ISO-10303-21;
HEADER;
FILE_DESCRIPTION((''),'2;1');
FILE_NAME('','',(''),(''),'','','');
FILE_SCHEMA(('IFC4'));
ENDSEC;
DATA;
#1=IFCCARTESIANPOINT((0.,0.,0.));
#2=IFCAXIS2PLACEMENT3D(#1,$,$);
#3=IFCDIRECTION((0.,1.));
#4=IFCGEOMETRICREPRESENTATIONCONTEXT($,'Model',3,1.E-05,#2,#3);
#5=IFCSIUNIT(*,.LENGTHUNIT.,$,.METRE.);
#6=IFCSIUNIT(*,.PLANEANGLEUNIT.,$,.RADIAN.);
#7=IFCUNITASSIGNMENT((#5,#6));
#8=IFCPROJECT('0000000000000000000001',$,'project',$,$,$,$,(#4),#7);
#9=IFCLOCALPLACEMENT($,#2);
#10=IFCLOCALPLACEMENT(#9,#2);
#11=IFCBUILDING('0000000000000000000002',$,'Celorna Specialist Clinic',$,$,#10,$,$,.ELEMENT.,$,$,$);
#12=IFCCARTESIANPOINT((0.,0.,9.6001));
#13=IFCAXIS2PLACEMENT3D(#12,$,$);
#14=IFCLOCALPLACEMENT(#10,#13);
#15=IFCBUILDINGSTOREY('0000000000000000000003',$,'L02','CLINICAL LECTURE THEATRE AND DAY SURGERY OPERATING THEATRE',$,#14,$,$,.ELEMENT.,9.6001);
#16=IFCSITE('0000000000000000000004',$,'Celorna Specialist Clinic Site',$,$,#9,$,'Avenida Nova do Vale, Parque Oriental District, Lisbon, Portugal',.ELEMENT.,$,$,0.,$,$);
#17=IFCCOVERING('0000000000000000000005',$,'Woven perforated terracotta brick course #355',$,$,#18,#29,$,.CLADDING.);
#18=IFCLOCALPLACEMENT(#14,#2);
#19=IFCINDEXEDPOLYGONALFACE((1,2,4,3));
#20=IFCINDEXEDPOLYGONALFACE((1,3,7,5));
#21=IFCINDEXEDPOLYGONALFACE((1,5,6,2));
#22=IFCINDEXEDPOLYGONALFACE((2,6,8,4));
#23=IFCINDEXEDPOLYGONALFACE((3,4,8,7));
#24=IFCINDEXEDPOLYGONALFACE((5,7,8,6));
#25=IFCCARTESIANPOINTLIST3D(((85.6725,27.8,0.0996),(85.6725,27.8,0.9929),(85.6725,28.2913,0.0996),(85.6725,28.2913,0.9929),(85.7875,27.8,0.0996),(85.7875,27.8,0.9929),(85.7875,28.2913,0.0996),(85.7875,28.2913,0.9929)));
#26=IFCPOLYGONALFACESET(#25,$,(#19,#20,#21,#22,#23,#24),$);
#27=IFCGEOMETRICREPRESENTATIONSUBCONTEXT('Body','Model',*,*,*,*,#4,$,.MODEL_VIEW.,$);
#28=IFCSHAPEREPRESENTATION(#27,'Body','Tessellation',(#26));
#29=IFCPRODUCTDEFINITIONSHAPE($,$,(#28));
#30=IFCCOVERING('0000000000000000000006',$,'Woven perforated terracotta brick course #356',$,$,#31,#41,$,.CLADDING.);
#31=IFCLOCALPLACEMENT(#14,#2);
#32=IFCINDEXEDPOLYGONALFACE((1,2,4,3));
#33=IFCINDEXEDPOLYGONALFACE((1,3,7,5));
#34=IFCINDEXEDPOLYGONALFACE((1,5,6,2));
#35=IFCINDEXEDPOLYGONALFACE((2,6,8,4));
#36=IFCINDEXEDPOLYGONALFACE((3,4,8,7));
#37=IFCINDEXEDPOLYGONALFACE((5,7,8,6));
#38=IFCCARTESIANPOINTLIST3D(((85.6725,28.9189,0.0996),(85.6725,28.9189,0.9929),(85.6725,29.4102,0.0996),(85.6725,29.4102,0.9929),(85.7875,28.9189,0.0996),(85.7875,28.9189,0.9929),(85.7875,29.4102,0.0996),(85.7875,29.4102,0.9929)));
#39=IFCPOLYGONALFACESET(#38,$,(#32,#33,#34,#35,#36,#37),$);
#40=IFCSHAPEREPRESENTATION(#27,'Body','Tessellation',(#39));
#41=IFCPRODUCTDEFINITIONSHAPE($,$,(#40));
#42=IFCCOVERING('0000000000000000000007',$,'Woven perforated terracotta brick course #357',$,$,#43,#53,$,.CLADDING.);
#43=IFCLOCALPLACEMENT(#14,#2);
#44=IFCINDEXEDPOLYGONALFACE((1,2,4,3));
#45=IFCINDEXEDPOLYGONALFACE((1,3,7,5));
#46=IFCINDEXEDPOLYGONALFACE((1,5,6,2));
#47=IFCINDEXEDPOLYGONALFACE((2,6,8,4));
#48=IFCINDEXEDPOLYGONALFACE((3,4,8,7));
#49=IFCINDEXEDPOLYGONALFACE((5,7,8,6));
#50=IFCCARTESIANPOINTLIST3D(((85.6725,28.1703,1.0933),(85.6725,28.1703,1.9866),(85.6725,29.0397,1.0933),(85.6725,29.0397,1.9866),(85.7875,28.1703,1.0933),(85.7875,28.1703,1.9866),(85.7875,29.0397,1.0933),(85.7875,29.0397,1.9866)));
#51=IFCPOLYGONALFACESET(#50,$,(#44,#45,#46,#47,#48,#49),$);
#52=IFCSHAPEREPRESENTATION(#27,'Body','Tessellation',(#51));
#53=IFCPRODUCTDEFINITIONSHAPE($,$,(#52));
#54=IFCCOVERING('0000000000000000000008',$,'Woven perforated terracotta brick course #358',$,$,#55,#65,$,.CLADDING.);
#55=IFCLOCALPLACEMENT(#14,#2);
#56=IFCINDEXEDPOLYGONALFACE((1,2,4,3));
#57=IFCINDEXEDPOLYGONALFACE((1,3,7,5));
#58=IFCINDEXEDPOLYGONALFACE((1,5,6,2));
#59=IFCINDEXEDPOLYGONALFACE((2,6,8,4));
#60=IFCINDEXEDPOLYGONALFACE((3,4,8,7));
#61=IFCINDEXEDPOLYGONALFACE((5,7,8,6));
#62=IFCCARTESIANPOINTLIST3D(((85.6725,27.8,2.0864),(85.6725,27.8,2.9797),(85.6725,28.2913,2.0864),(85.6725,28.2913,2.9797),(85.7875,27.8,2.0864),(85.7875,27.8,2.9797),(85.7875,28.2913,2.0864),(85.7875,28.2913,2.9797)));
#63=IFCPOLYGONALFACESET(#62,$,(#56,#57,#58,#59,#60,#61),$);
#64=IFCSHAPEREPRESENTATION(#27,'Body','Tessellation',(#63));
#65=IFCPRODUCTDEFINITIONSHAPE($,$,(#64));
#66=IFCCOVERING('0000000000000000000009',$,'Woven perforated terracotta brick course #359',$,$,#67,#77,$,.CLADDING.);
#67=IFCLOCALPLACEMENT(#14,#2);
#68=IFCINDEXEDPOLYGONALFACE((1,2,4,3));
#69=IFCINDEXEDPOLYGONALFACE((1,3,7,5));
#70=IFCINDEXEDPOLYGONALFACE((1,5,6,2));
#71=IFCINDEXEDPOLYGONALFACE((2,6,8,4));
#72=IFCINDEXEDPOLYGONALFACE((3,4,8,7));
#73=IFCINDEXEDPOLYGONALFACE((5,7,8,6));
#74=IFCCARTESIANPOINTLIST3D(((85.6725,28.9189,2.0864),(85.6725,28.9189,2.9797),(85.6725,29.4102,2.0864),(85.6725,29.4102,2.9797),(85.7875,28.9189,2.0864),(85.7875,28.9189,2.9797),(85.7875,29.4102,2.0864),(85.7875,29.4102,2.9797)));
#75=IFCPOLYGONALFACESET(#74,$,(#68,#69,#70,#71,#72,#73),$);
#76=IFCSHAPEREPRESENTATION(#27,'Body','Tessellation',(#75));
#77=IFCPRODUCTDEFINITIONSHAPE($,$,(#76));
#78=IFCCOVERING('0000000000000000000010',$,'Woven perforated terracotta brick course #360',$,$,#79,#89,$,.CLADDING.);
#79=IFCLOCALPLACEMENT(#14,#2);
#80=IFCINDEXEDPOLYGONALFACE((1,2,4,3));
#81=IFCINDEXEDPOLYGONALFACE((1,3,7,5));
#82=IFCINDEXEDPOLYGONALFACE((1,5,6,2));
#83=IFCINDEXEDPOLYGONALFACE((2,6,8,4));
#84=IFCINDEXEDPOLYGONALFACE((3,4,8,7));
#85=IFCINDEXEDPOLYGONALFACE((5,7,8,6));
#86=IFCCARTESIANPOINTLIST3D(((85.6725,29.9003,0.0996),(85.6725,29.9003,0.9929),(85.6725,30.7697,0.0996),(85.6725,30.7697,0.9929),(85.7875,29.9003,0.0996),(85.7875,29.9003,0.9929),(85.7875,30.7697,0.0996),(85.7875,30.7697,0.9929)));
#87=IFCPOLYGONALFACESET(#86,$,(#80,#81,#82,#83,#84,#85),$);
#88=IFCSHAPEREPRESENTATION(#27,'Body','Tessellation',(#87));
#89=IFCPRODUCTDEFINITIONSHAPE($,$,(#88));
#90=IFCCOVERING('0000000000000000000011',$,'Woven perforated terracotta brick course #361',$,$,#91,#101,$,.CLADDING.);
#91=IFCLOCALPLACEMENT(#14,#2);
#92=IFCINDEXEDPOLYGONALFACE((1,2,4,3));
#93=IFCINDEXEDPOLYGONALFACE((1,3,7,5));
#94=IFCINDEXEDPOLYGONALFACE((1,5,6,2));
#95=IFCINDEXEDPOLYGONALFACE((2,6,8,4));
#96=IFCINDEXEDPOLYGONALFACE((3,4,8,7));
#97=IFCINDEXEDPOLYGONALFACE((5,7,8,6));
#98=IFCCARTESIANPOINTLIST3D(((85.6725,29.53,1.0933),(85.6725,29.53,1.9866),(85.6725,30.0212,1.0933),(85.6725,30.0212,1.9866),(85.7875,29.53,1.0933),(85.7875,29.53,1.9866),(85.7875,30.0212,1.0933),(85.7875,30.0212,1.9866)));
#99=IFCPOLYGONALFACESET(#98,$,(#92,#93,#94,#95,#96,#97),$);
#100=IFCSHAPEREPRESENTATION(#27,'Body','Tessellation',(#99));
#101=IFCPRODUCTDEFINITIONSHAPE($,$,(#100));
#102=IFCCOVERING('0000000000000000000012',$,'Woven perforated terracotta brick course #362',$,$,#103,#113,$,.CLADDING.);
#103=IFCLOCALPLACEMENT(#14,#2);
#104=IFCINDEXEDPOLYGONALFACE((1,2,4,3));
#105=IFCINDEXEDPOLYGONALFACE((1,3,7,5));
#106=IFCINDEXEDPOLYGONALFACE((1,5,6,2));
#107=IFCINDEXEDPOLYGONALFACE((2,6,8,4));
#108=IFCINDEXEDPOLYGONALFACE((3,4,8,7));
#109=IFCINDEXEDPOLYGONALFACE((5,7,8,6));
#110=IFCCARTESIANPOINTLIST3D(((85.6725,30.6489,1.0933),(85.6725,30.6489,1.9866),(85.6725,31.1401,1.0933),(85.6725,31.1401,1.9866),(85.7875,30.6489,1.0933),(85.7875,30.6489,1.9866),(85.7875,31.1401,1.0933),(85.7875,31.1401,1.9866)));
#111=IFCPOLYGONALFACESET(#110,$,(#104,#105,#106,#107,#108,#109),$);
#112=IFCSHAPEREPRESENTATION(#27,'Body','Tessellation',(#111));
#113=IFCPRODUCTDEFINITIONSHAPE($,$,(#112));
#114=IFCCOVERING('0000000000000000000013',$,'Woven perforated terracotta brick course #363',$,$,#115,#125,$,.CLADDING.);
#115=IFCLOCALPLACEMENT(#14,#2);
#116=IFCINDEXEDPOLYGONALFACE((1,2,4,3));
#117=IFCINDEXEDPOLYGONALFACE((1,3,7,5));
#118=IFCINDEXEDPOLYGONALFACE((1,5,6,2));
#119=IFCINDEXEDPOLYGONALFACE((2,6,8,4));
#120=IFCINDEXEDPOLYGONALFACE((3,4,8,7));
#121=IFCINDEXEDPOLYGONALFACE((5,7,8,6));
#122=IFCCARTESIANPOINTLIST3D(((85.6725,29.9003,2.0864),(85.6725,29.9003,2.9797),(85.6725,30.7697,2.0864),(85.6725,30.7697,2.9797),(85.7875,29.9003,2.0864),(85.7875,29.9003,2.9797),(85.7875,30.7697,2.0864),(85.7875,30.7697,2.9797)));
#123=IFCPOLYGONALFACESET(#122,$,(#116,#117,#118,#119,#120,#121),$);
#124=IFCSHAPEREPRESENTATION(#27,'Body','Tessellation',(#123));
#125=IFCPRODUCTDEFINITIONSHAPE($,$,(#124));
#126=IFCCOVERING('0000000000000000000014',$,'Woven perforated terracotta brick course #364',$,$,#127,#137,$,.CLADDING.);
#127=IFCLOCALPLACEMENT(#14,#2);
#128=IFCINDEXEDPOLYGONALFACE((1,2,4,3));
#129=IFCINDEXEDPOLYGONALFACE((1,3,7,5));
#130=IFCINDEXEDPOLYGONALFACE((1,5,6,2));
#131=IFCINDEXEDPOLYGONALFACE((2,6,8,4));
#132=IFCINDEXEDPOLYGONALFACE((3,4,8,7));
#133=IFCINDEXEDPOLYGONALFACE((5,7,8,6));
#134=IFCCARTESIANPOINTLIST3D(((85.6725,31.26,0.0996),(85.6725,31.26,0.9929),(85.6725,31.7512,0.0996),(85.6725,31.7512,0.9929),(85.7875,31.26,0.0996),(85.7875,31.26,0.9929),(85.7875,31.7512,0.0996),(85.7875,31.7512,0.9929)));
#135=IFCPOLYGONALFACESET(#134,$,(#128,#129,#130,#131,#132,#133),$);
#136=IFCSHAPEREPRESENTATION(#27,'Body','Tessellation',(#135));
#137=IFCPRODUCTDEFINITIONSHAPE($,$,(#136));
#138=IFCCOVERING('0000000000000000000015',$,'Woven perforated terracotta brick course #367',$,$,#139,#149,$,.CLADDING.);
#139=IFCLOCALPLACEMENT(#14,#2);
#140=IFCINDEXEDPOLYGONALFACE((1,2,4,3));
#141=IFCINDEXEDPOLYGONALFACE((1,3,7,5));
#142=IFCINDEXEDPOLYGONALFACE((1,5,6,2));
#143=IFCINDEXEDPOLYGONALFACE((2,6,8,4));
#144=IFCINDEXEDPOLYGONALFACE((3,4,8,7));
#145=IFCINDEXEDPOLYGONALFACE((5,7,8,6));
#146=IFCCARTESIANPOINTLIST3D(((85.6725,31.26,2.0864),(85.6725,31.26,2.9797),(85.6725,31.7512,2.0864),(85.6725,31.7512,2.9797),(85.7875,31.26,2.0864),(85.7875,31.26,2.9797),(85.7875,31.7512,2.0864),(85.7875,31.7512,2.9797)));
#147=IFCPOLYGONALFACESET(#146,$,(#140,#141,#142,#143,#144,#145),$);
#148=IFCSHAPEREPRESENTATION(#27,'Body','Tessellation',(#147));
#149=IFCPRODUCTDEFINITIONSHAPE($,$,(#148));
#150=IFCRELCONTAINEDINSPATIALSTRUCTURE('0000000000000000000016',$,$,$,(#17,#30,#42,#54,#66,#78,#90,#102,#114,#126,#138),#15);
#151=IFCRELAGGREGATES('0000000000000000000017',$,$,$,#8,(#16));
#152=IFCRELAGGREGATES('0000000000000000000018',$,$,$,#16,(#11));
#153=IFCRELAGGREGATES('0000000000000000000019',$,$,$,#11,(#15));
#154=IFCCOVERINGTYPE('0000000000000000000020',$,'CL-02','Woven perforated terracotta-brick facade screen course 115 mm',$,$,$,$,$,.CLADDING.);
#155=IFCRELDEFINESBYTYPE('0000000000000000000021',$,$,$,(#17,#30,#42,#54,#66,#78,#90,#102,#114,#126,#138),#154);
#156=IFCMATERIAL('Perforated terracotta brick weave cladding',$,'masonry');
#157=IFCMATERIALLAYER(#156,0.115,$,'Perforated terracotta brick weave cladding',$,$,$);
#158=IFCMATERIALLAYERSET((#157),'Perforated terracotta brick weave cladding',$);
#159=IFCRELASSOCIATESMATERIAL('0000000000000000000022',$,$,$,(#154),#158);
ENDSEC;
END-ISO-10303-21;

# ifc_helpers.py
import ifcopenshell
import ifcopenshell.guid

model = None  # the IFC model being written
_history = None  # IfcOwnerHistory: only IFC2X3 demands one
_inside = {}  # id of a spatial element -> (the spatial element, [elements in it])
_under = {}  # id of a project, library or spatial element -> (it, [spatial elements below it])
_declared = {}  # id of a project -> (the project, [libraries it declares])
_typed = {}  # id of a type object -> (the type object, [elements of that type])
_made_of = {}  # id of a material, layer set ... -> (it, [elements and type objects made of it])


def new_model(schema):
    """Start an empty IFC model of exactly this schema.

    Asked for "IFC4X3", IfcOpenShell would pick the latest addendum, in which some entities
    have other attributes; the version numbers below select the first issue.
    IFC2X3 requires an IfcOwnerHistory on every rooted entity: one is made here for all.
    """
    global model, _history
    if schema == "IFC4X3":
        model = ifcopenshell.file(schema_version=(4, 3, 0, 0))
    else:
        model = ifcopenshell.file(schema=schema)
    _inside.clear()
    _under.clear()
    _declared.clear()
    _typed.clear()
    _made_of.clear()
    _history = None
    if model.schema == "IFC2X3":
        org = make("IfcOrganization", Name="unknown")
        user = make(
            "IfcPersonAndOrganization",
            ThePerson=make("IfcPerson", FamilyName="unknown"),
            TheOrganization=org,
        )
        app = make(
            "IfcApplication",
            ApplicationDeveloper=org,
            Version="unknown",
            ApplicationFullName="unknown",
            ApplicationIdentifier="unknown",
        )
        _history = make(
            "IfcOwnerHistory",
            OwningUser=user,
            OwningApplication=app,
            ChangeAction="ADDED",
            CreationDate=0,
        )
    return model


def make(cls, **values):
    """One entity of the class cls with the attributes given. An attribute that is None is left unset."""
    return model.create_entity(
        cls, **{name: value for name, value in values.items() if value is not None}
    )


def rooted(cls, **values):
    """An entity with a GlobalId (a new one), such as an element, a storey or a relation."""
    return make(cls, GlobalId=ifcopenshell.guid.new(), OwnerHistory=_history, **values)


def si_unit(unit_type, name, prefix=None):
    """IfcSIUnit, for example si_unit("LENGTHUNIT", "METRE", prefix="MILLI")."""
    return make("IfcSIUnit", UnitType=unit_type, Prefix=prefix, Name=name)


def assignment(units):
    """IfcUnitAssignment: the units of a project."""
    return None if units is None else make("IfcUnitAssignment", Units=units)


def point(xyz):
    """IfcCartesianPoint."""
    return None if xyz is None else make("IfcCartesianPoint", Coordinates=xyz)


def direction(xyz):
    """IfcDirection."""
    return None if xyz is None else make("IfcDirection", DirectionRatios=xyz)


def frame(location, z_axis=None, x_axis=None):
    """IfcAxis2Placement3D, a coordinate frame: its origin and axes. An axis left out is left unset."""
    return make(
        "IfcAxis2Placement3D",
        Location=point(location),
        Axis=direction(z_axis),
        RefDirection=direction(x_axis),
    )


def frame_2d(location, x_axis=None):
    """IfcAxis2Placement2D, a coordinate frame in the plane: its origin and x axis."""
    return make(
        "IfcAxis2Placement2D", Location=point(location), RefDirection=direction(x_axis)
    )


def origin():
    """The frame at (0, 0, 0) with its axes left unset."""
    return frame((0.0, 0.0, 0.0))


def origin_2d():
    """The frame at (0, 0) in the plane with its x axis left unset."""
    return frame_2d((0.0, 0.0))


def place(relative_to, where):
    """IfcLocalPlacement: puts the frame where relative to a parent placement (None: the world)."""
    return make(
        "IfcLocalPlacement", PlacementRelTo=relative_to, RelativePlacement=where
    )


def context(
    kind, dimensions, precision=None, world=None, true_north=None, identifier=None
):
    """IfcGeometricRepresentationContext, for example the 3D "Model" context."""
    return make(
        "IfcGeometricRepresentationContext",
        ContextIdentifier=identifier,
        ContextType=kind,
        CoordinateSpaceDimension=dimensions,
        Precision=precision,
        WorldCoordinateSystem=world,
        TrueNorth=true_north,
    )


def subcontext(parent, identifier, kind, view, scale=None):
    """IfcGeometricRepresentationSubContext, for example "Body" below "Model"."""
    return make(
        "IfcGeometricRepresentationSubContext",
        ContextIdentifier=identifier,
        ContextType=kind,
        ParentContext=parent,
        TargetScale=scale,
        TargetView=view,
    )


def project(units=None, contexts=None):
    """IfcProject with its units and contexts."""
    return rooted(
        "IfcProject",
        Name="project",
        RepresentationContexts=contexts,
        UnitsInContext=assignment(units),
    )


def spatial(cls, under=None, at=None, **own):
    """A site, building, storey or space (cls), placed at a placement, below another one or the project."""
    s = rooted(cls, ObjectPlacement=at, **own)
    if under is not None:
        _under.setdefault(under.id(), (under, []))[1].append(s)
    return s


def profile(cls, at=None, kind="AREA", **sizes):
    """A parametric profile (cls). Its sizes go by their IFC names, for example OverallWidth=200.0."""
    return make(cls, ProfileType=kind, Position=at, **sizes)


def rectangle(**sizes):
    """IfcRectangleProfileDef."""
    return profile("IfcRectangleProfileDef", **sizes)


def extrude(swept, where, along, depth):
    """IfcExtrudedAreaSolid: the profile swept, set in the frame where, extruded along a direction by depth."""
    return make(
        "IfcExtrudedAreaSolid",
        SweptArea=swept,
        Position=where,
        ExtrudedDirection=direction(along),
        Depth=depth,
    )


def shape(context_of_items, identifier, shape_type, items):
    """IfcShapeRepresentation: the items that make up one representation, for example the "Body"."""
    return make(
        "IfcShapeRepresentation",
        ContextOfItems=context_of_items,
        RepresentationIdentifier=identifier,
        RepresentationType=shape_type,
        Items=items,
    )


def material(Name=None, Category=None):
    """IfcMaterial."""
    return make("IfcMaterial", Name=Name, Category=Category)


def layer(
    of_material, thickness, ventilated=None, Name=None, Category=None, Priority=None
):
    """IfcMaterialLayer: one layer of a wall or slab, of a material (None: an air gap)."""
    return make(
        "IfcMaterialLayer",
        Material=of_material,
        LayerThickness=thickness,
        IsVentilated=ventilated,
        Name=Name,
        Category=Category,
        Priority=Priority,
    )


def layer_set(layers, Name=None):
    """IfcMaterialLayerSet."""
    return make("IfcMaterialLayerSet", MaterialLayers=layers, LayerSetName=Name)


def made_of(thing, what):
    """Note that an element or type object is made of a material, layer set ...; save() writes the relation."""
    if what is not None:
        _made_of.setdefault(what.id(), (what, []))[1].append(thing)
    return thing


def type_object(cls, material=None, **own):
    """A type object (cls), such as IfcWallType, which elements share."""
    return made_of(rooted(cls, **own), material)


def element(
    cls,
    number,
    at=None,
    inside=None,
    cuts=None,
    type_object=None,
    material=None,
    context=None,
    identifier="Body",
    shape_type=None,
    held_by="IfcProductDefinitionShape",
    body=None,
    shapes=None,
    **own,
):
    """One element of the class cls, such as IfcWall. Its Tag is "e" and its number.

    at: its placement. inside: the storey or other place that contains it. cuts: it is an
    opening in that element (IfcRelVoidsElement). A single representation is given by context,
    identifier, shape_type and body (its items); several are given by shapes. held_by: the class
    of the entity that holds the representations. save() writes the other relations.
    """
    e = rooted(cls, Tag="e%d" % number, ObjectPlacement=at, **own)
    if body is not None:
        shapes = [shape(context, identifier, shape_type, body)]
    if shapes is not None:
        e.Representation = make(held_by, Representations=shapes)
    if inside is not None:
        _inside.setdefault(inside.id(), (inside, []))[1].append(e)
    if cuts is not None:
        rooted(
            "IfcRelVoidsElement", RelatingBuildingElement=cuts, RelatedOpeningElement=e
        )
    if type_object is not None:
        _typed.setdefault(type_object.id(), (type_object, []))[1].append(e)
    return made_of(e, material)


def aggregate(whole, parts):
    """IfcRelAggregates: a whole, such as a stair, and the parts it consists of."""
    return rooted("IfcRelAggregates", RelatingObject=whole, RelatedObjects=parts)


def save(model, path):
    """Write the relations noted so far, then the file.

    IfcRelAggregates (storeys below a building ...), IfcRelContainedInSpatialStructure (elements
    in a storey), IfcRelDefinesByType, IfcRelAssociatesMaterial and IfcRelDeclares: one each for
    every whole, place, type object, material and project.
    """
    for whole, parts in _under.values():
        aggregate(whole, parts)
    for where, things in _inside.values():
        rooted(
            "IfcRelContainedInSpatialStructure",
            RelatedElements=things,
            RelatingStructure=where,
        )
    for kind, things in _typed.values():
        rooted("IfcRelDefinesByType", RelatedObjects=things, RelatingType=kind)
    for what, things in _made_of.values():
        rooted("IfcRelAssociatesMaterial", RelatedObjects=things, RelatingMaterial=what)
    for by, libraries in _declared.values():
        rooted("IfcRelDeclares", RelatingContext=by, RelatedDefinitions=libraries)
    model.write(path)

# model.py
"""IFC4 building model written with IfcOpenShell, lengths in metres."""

from ifc_helpers import new_model, si_unit, direction, frame, origin, origin_2d, place, context, subcontext, project, spatial, rectangle, extrude, material, layer, layer_set, type_object, element, save


model = new_model("IFC4")

# Units and contexts
model_context = context("Model", 3, precision=1e-05, world=origin(), true_north=direction((0.0, 1.0)))
body_context = subcontext(model_context, "Body", "Model", "MODEL_VIEW")
ifc_project = project(units=[si_unit("LENGTHUNIT", "METRE"), si_unit("PLANEANGLEUNIT", "RADIAN")], contexts=[model_context])

# Site, building, storey
site_placement = place(None, origin())
site = spatial("IfcSite", under=ifc_project, at=site_placement, Name="Celorna Specialist Clinic Site", LongName="Avenida Nova do Vale, Parque Oriental District, Lisbon, Portugal", CompositionType="ELEMENT", RefElevation=0.0)
building_placement = place(site_placement, origin())
building = spatial("IfcBuilding", under=site, at=building_placement, Name="Celorna Specialist Clinic", CompositionType="ELEMENT")
storey_placement = place(building_placement, frame((0.0, 0.0, 9.6001)))
storey = spatial("IfcBuildingStorey", under=building, at=storey_placement, Name="L02", Description="CLINICAL LECTURE THEATRE AND DAY SURGERY OPERATING THEATRE", CompositionType="ELEMENT", Elevation=9.6001)

# Coverings
ifc_material_1 = material(Name="Perforated terracotta brick weave cladding", Category="masonry")
ifc_layer_1 = layer(ifc_material_1, 0.115, Name="Perforated terracotta brick weave cladding")
ifc_layer_set_1 = layer_set([ifc_layer_1], Name="Perforated terracotta brick weave cladding")
covering_type = type_object("IfcCoveringType", Name="CL-02", Description="Woven perforated terracotta-brick facade screen course 115 mm", PredefinedType="CLADDING", material=ifc_layer_set_1)
for number, where, z_axis, x_axis, name in (
    (1, (85.73, 28.0457, 0.0996), (0.0, 0.0, 1.0), (0.0, 1.0, 0.0), "Woven perforated terracotta brick course #355"),
    (2, (85.73, 29.1646, 0.0996), (0.0, 0.0, 1.0), (0.0, 1.0, 0.0), "Woven perforated terracotta brick course #356"),
):
    element("IfcCovering", number, at=place(storey_placement, frame(where, z_axis=z_axis, x_axis=x_axis)), inside=storey, type_object=covering_type, Name=name, PredefinedType="CLADDING", context=body_context, shape_type="SweptSolid", body=[
        extrude(rectangle(XDim=0.4912, YDim=0.115, at=origin_2d()), origin(), (0.0, 0.0, 1.0), 0.8933),
    ])
covering_1_placement = place(storey_placement, frame((85.73, 28.605, 1.0933), z_axis=(0.0, 0.0, 1.0), x_axis=(0.0, 1.0, 0.0)))
element("IfcCovering", 3, at=covering_1_placement, inside=storey, type_object=covering_type, Name="Woven perforated terracotta brick course #357", PredefinedType="CLADDING", context=body_context, shape_type="SweptSolid", body=[
    extrude(rectangle(XDim=0.8694, YDim=0.115, at=origin_2d()), origin(), (0.0, 0.0, 1.0), 0.8933),
])
for number, where, z_axis, x_axis, name in (
    (4, (85.73, 28.0457, 2.0864), (0.0, 0.0, 1.0), (0.0, 1.0, 0.0), "Woven perforated terracotta brick course #358"),
    (5, (85.73, 29.1646, 2.0864), (0.0, 0.0, 1.0), (0.0, 1.0, 0.0), "Woven perforated terracotta brick course #359"),
):
    element("IfcCovering", number, at=place(storey_placement, frame(where, z_axis=z_axis, x_axis=x_axis)), inside=storey, type_object=covering_type, Name=name, PredefinedType="CLADDING", context=body_context, shape_type="SweptSolid", body=[
        extrude(rectangle(XDim=0.4912, YDim=0.115, at=origin_2d()), origin(), (0.0, 0.0, 1.0), 0.8933),
    ])
covering_2_placement = place(storey_placement, frame((85.73, 30.335, 0.0996), z_axis=(0.0, 0.0, 1.0), x_axis=(0.0, 1.0, 0.0)))
element("IfcCovering", 6, at=covering_2_placement, inside=storey, type_object=covering_type, Name="Woven perforated terracotta brick course #360", PredefinedType="CLADDING", context=body_context, shape_type="SweptSolid", body=[
    extrude(rectangle(XDim=0.8694, YDim=0.115, at=origin_2d()), origin(), (0.0, 0.0, 1.0), 0.8933),
])
for number, where, z_axis, x_axis, name in (
    (7, (85.73, 29.7756, 1.0933), (0.0, 0.0, 1.0), (0.0, 1.0, 0.0), "Woven perforated terracotta brick course #361"),
    (8, (85.73, 30.8945, 1.0933), (0.0, 0.0, 1.0), (0.0, 1.0, 0.0), "Woven perforated terracotta brick course #362"),
):
    element("IfcCovering", number, at=place(storey_placement, frame(where, z_axis=z_axis, x_axis=x_axis)), inside=storey, type_object=covering_type, Name=name, PredefinedType="CLADDING", context=body_context, shape_type="SweptSolid", body=[
        extrude(rectangle(XDim=0.4912, YDim=0.115, at=origin_2d()), origin(), (0.0, 0.0, 1.0), 0.8933),
    ])
covering_3_placement = place(storey_placement, frame((85.73, 30.335, 2.0864), z_axis=(0.0, 0.0, 1.0), x_axis=(0.0, 1.0, 0.0)))
element("IfcCovering", 9, at=covering_3_placement, inside=storey, type_object=covering_type, Name="Woven perforated terracotta brick course #363", PredefinedType="CLADDING", context=body_context, shape_type="SweptSolid", body=[
    extrude(rectangle(XDim=0.8694, YDim=0.115, at=origin_2d()), origin(), (0.0, 0.0, 1.0), 0.8933),
])
for number, where, z_axis, x_axis, name in (
    (10, (85.73, 31.5056, 0.0996), (0.0, 0.0, 1.0), (0.0, 1.0, 0.0), "Woven perforated terracotta brick course #364"),
    (11, (85.73, 31.5056, 2.0864), (0.0, 0.0, 1.0), (0.0, 1.0, 0.0), "Woven perforated terracotta brick course #367"),
):
    element("IfcCovering", number, at=place(storey_placement, frame(where, z_axis=z_axis, x_axis=x_axis)), inside=storey, type_object=covering_type, Name=name, PredefinedType="CLADDING", context=body_context, shape_type="SweptSolid", body=[
        extrude(rectangle(XDim=0.4912, YDim=0.115, at=origin_2d()), origin(), (0.0, 0.0, 1.0), 0.8933),
    ])

save(model, "model.ifc")
